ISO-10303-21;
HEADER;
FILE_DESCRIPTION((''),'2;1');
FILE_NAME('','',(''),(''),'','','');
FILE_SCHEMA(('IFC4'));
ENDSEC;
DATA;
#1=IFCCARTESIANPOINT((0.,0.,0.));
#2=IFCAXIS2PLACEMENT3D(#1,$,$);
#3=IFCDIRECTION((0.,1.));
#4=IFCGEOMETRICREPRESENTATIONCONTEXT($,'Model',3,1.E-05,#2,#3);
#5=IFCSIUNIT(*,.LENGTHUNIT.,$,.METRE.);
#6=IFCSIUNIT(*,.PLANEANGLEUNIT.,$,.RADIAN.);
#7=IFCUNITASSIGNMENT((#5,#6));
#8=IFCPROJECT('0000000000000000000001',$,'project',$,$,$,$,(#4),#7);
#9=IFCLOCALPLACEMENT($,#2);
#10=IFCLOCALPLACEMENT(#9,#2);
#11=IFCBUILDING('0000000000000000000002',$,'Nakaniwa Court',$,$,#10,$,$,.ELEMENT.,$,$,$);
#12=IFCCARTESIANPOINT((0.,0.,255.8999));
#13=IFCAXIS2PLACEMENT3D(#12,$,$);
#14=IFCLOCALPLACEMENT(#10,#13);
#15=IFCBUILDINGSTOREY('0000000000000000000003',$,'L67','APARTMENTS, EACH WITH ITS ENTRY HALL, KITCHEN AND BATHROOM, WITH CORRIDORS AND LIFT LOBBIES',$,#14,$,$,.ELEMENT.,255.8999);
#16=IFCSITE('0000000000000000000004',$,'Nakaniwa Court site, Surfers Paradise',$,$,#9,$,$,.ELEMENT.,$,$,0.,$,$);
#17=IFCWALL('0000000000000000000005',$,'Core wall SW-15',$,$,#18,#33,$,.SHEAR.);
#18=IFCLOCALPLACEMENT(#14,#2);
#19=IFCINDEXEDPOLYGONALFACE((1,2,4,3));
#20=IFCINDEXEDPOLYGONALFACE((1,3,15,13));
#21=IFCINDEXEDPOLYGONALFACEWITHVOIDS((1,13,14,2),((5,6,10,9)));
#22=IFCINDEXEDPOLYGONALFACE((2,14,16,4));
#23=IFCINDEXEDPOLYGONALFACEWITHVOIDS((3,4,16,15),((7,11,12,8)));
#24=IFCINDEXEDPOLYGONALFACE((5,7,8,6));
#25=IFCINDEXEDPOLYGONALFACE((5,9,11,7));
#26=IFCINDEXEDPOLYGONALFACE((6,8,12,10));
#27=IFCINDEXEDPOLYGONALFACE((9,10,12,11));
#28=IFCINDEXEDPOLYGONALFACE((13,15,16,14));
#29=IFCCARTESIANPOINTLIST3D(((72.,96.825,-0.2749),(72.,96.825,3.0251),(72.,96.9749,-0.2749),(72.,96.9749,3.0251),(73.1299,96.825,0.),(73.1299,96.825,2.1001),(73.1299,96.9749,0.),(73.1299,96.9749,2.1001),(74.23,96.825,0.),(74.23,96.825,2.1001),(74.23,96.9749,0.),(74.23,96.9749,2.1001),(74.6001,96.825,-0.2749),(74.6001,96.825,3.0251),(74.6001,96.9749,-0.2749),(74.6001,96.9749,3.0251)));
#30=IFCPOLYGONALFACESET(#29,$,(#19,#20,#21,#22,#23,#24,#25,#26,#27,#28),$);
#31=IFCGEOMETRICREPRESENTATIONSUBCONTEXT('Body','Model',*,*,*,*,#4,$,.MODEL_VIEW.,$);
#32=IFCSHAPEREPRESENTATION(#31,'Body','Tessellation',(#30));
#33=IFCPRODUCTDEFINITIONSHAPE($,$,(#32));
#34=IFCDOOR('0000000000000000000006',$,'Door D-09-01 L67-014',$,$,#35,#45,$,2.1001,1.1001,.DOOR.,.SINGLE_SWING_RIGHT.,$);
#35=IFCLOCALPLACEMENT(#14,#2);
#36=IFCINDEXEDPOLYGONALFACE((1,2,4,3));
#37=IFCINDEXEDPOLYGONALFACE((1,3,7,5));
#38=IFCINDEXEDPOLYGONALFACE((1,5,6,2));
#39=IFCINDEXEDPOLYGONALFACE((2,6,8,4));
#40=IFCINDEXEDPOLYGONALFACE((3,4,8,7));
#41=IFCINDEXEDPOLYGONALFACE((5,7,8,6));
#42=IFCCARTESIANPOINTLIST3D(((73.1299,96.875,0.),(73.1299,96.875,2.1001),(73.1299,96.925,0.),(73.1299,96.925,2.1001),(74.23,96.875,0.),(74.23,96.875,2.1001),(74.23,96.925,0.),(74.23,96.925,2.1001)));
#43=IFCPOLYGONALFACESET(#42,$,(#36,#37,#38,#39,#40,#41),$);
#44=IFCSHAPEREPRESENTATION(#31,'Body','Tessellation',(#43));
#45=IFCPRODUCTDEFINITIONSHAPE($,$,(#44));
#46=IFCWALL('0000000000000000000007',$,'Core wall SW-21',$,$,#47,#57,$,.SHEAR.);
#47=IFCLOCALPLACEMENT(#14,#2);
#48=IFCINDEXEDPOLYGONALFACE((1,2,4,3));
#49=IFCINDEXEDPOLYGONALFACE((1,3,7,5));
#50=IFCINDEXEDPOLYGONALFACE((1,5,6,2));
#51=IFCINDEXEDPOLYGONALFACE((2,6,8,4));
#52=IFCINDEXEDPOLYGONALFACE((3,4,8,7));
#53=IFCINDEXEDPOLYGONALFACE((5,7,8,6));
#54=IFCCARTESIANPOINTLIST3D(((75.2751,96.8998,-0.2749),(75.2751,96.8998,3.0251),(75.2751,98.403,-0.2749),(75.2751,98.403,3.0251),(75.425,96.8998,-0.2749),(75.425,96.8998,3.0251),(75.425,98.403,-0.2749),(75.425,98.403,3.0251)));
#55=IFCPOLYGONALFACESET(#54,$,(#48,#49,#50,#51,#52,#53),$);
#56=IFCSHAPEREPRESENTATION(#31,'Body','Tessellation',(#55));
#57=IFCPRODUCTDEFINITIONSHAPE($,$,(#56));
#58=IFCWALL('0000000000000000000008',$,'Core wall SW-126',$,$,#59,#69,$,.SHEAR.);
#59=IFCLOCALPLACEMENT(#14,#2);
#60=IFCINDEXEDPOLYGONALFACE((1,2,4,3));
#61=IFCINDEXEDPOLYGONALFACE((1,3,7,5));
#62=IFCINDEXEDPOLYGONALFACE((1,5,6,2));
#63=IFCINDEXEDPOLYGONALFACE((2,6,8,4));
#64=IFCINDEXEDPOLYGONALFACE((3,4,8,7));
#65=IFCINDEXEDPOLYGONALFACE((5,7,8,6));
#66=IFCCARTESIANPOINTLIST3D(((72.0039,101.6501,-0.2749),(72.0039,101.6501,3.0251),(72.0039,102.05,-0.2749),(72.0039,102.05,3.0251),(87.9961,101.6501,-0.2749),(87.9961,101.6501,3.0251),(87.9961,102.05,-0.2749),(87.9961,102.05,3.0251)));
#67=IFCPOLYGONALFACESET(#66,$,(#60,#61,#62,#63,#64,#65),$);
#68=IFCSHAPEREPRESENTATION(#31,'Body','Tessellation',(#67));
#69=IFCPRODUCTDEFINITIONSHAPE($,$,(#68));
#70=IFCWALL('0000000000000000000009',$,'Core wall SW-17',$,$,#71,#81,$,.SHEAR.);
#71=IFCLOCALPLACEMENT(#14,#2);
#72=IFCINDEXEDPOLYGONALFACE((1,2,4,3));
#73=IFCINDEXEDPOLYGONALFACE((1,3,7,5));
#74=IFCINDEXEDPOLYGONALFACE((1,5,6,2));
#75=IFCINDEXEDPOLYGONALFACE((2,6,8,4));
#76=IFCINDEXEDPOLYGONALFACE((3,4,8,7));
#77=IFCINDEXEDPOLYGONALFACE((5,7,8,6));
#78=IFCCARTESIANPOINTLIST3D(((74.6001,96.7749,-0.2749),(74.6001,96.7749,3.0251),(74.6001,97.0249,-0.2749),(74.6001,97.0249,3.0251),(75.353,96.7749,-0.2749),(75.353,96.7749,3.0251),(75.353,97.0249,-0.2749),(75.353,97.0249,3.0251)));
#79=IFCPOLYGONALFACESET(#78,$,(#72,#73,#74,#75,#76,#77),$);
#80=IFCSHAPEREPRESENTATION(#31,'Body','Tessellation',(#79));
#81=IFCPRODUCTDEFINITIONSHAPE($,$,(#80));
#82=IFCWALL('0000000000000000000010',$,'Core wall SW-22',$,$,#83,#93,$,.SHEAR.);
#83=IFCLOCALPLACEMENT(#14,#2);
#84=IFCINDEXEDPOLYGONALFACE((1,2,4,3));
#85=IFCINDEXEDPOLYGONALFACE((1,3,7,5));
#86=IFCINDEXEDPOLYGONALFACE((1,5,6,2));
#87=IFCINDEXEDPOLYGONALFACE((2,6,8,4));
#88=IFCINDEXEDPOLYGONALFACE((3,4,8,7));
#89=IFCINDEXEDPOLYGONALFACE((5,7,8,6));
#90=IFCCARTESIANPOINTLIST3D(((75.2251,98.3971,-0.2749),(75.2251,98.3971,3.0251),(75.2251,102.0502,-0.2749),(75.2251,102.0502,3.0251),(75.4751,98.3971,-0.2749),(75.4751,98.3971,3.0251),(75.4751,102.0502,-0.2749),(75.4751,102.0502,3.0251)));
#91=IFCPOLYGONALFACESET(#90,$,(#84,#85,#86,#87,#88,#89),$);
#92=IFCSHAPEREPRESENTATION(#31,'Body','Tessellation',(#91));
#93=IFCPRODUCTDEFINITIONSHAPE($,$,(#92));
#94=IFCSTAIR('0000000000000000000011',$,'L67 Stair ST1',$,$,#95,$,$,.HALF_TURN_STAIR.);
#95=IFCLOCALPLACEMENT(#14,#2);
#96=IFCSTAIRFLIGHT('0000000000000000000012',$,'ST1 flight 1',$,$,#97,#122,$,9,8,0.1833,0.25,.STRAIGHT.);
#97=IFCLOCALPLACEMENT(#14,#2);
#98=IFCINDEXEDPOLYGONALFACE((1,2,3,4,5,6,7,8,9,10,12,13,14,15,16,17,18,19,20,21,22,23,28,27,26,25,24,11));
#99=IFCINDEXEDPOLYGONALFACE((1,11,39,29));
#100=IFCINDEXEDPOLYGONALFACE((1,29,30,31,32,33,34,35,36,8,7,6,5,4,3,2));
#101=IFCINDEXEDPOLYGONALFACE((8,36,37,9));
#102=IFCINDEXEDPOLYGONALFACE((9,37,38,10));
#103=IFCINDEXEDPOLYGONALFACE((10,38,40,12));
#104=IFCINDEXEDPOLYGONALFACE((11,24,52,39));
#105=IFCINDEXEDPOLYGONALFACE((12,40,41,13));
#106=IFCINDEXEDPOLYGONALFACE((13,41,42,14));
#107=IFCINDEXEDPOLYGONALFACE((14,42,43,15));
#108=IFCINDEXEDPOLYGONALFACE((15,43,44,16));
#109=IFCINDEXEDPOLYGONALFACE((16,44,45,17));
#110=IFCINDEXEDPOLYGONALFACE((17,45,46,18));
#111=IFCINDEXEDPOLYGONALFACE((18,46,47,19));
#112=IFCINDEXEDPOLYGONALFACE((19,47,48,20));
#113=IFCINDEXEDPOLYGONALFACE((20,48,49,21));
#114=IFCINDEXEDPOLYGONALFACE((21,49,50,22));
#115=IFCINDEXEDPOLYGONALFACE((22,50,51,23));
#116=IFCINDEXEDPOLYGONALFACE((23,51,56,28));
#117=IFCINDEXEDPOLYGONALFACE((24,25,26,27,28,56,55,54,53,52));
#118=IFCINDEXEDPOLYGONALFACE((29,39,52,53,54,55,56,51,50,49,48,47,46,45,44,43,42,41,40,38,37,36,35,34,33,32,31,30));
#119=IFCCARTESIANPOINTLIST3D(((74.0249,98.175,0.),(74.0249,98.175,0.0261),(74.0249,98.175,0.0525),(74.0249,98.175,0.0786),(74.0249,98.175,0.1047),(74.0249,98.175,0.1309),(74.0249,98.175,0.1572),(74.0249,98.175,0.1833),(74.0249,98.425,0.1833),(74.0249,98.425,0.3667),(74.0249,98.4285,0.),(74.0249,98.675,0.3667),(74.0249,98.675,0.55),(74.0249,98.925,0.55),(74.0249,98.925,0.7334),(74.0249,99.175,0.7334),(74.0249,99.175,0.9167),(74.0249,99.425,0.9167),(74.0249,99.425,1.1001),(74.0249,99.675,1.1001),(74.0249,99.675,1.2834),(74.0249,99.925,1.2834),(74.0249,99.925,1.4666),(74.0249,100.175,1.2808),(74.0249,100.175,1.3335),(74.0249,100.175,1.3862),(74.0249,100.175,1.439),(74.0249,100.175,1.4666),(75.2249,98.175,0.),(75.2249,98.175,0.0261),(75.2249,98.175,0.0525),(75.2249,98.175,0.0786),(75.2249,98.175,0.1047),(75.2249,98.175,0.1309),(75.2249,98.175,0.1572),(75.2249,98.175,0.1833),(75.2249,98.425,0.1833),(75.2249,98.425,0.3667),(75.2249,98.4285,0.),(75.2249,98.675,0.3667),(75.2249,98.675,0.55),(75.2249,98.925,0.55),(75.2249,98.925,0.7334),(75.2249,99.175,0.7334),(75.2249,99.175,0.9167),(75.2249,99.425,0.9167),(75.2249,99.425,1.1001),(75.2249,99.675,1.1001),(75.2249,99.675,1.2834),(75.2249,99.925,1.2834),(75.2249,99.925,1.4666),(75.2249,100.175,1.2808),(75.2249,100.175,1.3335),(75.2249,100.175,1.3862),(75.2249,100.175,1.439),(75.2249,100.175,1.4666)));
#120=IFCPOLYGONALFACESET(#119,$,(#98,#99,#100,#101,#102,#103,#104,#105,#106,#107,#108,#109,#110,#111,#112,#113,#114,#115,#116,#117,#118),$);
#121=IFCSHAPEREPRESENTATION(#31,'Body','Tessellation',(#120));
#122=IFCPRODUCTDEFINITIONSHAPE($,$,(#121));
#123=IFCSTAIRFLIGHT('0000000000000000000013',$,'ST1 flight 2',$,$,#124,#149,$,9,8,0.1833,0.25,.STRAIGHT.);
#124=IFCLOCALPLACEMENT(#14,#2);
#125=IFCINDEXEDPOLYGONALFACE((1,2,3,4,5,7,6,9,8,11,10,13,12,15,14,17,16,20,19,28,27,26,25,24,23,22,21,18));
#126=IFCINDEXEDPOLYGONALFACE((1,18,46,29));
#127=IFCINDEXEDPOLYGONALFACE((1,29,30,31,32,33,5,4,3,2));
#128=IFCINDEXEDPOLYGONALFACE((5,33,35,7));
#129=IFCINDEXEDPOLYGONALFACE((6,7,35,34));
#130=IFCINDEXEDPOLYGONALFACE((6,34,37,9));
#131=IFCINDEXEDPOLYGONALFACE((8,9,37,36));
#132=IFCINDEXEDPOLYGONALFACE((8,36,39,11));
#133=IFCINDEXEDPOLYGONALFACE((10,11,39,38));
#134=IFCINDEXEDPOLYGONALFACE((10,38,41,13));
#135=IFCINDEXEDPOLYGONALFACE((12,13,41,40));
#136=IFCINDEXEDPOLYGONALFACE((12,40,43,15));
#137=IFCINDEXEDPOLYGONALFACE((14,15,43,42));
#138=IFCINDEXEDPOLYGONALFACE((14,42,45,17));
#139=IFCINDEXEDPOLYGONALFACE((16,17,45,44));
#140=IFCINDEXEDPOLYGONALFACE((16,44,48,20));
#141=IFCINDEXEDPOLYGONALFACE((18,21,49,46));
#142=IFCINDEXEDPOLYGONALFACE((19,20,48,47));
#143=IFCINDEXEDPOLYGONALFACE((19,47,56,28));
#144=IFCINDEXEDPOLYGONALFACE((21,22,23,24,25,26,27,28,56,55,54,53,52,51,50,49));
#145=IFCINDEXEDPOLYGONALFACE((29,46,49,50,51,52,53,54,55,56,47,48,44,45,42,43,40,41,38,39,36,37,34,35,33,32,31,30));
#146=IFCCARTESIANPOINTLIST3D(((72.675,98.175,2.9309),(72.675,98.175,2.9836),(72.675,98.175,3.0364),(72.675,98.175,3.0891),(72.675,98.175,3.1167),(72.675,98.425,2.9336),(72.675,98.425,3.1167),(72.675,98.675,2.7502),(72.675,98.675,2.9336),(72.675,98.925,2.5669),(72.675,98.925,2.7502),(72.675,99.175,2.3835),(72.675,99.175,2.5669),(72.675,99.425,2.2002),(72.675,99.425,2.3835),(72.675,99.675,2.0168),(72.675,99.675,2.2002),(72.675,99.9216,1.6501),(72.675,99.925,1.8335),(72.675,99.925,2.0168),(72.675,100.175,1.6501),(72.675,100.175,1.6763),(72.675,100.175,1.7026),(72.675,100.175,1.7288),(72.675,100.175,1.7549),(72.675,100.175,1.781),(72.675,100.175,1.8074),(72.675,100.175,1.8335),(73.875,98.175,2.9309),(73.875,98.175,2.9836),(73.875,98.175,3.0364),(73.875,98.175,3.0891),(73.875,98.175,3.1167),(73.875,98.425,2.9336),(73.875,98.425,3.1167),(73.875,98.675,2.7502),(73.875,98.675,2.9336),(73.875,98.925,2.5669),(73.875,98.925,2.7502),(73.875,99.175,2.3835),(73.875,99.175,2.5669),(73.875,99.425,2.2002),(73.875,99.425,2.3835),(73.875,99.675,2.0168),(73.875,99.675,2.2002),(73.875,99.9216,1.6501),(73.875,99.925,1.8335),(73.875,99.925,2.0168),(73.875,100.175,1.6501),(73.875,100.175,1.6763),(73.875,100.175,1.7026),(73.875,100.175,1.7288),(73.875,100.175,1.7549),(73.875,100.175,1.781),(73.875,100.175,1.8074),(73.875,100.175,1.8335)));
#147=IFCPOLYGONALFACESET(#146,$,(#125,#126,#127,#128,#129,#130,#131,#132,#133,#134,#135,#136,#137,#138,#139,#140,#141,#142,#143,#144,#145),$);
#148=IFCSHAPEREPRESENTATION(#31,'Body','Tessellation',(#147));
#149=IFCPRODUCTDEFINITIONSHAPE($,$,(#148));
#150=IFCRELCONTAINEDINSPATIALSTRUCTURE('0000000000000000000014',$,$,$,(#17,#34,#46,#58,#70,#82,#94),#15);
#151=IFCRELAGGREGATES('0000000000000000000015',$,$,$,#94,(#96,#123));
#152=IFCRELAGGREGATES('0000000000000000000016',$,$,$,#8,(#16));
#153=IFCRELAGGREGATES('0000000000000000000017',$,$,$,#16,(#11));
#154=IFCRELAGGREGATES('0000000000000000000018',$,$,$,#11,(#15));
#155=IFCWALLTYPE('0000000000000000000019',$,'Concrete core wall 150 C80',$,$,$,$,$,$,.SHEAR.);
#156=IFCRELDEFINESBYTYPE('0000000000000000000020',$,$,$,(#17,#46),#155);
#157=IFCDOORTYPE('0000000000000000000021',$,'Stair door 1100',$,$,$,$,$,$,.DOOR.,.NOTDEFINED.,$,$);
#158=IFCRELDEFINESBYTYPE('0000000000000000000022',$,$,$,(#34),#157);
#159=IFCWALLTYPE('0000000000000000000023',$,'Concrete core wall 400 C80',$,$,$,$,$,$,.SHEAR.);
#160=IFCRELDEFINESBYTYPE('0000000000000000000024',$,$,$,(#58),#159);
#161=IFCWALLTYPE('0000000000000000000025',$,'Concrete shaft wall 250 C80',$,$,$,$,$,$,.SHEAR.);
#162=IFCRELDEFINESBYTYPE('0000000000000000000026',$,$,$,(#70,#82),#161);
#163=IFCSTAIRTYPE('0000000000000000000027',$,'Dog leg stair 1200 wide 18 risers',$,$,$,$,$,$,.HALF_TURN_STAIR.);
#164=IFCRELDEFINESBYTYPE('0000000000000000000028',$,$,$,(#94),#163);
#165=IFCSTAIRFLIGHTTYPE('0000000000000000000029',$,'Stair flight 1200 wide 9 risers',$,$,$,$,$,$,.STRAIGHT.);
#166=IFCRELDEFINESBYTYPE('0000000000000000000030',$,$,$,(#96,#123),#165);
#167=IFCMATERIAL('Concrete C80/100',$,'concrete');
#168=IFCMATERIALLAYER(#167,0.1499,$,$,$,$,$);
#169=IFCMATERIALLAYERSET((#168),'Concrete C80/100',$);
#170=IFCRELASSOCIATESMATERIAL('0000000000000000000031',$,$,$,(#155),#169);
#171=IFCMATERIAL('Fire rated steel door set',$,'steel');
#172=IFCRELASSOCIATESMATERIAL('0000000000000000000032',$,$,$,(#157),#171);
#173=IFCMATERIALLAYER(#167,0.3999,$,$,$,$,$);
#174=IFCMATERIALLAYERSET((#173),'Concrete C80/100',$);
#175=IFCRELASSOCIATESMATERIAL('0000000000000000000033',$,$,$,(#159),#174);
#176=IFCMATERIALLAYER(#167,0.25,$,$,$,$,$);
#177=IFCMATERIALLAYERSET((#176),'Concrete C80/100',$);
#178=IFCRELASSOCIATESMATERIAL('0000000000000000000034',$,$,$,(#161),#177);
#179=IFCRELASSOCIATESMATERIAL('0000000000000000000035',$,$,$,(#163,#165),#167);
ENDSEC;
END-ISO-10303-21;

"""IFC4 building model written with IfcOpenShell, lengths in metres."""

from ifc_helpers import new_model, si_unit, direction, frame, frame_2d, origin, place, context, subcontext, project, spatial, polyline, rectangle, outline, extrude, material, layer, layer_set, type_object, element, fill, aggregate, save


model = new_model("IFC4")

# Units and contexts
model_context = context("Model", 3, precision=1e-05, world=origin(), true_north=direction((0.0, 1.0)))
body_context = subcontext(model_context, "Body", "Model", "MODEL_VIEW")
ifc_project = project(units=[si_unit("LENGTHUNIT", "METRE"), si_unit("PLANEANGLEUNIT", "RADIAN")], contexts=[model_context])

# Site, building, storey
site_placement = place(None, origin())
site = spatial("IfcSite", under=ifc_project, at=site_placement, Name="Nakaniwa Court site, Surfers Paradise", CompositionType="ELEMENT", RefElevation=0.0)
building_placement = place(site_placement, origin())
building = spatial("IfcBuilding", under=site, at=building_placement, Name="Nakaniwa Court", CompositionType="ELEMENT")
storey_placement = place(building_placement, frame((0.0, 0.0, 255.8999)))
storey = spatial("IfcBuildingStorey", under=building, at=storey_placement, Name="L67", Description="APARTMENTS, EACH WITH ITS ENTRY HALL, KITCHEN AND BATHROOM, WITH CORRIDORS AND LIFT LOBBIES", CompositionType="ELEMENT", Elevation=255.8999)

# Shared definitions
ifc_material_1 = material(Name="Concrete C80/100", Category="concrete")

# Shared definitions
ifc_material_2 = material(Name="Fire rated steel door set", Category="steel")

# Wall, opening, door
ifc_layer_1 = layer(ifc_material_1, 0.1499)
ifc_layer_set_1 = layer_set([ifc_layer_1], Name="Concrete C80/100")
wall_type_1 = type_object("IfcWallType", Name="Concrete core wall 150 C80", PredefinedType="SHEAR", material=ifc_layer_set_1)
wall_1_placement = place(storey_placement, frame((74.6001, 96.8999, -0.2749), z_axis=(0.0, 0.0, 1.0), x_axis=(-1.0, 0.0, 0.0)))
wall_1 = element("IfcWall", 1, at=wall_1_placement, inside=storey, type_object=wall_type_1, Name="Core wall SW-15", PredefinedType="SHEAR", context=body_context, shape_type="SweptSolid", body=[
    extrude(rectangle(XDim=2.6001, YDim=0.1499, at=frame_2d((1.3, 0.0))), origin(), (0.0, 0.0, 1.0), 3.3),
])
opening_1_placement = place(wall_1_placement, frame((0.3701, 0.0, 0.2749)))
opening_1 = element("IfcOpeningElement", 2, at=opening_1_placement, cuts=wall_1, PredefinedType="OPENING", context=body_context, shape_type="SweptSolid", body=[
    extrude(rectangle(XDim=1.1001, YDim=2.1001, at=frame_2d((0.55, 1.05))), frame((0.0, 0.085, 0.0), z_axis=(0.0, -1.0, 0.0), x_axis=(1.0, 0.0, 0.0)), (0.0, 0.0, 1.0), 0.1699),
])
door_type_1 = type_object("IfcDoorType", Name="Stair door 1100", OperationType="NOTDEFINED", PredefinedType="DOOR", material=ifc_material_2)
door_1_placement = place(opening_1_placement, origin())
door_1 = element("IfcDoor", 3, at=door_1_placement, inside=storey, type_object=door_type_1, Name="Door D-09-01 L67-014", OperationType="SINGLE_SWING_RIGHT", OverallHeight=2.1001, OverallWidth=1.1001, PredefinedType="DOOR", context=body_context, shape_type="SweptSolid", body=[
    extrude(rectangle(XDim=1.1001, YDim=2.1001, at=frame_2d((0.55, 1.05))), frame((0.0, 0.0249, 0.0), z_axis=(0.0, -1.0, 0.0), x_axis=(1.0, 0.0, 0.0)), (0.0, 0.0, 1.0), 0.05),
])
fill(opening_1, door_1)

# Walls
wall_2_placement = place(storey_placement, frame((75.3501, 96.8999, -0.2749), z_axis=(0.0, 0.0, 1.0), x_axis=(0.0, 1.0, 0.0)))
element("IfcWall", 4, at=wall_2_placement, inside=storey, type_object=wall_type_1, Name="Core wall SW-21", PredefinedType="SHEAR", context=body_context, shape_type="SweptSolid", body=[
    extrude(rectangle(XDim=1.5032, YDim=0.1499, at=frame_2d((0.7515, 0.0))), origin(), (0.0, 0.0, 1.0), 3.3),
])
ifc_layer_2 = layer(ifc_material_1, 0.3999)
ifc_layer_set_2 = layer_set([ifc_layer_2], Name="Concrete C80/100")
wall_type_2 = type_object("IfcWallType", Name="Concrete core wall 400 C80", PredefinedType="SHEAR", material=ifc_layer_set_2)
wall_3_placement = place(storey_placement, frame((72.0039, 101.8501, -0.2749), z_axis=(0.0, 0.0, 1.0), x_axis=(1.0, 0.0, 0.0)))
element("IfcWall", 5, at=wall_3_placement, inside=storey, type_object=wall_type_2, Name="Core wall SW-126", PredefinedType="SHEAR", context=body_context, shape_type="SweptSolid", body=[
    extrude(rectangle(XDim=15.9922, YDim=0.3999, at=frame_2d((7.9961, 0.0))), origin(), (0.0, 0.0, 1.0), 3.3),
])
ifc_layer_3 = layer(ifc_material_1, 0.25)
ifc_layer_set_3 = layer_set([ifc_layer_3], Name="Concrete C80/100")
wall_type_3 = type_object("IfcWallType", Name="Concrete shaft wall 250 C80", PredefinedType="SHEAR", material=ifc_layer_set_3)
wall_4_placement = place(storey_placement, frame((74.6001, 96.8999, -0.2749), z_axis=(0.0, 0.0, 1.0), x_axis=(1.0, 0.0, 0.0)))
element("IfcWall", 6, at=wall_4_placement, inside=storey, type_object=wall_type_3, Name="Core wall SW-17", PredefinedType="SHEAR", context=body_context, shape_type="SweptSolid", body=[
    extrude(rectangle(XDim=0.7529, YDim=0.25, at=frame_2d((0.3765, 0.0))), origin(), (0.0, 0.0, 1.0), 3.3),
])
wall_5_placement = place(storey_placement, frame((75.3501, 98.397, -0.2749), z_axis=(0.0, 0.0, 1.0), x_axis=(0.0, 1.0, 0.0)))
element("IfcWall", 7, at=wall_5_placement, inside=storey, type_object=wall_type_3, Name="Core wall SW-22", PredefinedType="SHEAR", context=body_context, shape_type="SweptSolid", body=[
    extrude(rectangle(XDim=3.6531, YDim=0.25, at=frame_2d((1.8267, 0.0))), origin(), (0.0, 0.0, 1.0), 3.3),
])

# Stair, stair flights
stair_type = type_object("IfcStairType", Name="Dog leg stair 1200 wide 18 risers", PredefinedType="HALF_TURN_STAIR", material=ifc_material_1)
stair_placement = place(storey_placement, origin())
stair = element("IfcStair", 8, at=stair_placement, inside=storey, type_object=stair_type, Name="L67 Stair ST1", PredefinedType="HALF_TURN_STAIR")
stair_flight_type = type_object("IfcStairFlightType", Name="Stair flight 1200 wide 9 risers", PredefinedType="STRAIGHT", material=ifc_material_1)
stair_flight_1_placement = place(storey_placement, frame((74.625, 98.175, 0.0), z_axis=(0.0, 0.0, 1.0), x_axis=(0.0, 1.0, 0.0)))
stair_flight_1 = element("IfcStairFlight", 9, at=stair_flight_1_placement, type_object=stair_flight_type, Name="ST1 flight 1", NumberOfRisers=9, NumberOfTreads=8, PredefinedType="STRAIGHT", RiserHeight=0.1833, TreadLength=0.25, context=body_context, shape_type="SweptSolid", body=[
    extrude(outline(polyline([(0.0, 0.0), (0.0, 0.0261), (0.0, 0.0525), (0.0, 0.0786), (0.0, 0.1047), (0.0, 0.1309), (0.0, 0.1572), (0.0, 0.1833), (0.25, 0.1833), (0.25, 0.3667), (0.5, 0.3667), (0.5, 0.55), (0.75, 0.55), (0.75, 0.7334), (1.0, 0.7334), (1.0, 0.9167), (1.25, 0.9167), (1.25, 1.1001), (1.5, 1.1001), (1.5, 1.2834), (1.75, 1.2834), (1.75, 1.4666), (2.0, 1.4666), (2.0, 1.6499), (2.0, 1.5972), (2.0, 1.5444), (2.0, 1.4917), (2.0, 1.439), (2.0, 1.3862), (2.0, 1.3335), (2.0, 1.2808), (0.2534, 0.0), (0.0, 0.0)])), frame((0.0, 0.6001, 0.0), z_axis=(0.0, -1.0, 0.0), x_axis=(1.0, 0.0, 0.0)), (0.0, 0.0, 1.0), 1.2),
])
stair_flight_2_placement = place(storey_placement, frame((73.2749, 100.175, 1.6501), z_axis=(0.0, 0.0, 1.0), x_axis=(0.0, -1.0, 0.0)))
stair_flight_2 = element("IfcStairFlight", 10, at=stair_flight_2_placement, type_object=stair_flight_type, Name="ST1 flight 2", NumberOfRisers=9, NumberOfTreads=8, PredefinedType="STRAIGHT", RiserHeight=0.1833, TreadLength=0.25, context=body_context, shape_type="SweptSolid", body=[
    extrude(outline(polyline([(0.0, 0.0), (0.0, 0.0261), (0.0, 0.0525), (0.0, 0.0786), (0.0, 0.1047), (0.0, 0.1309), (0.0, 0.1572), (0.0, 0.1833), (0.25, 0.1833), (0.25, 0.3667), (0.5, 0.3667), (0.5, 0.55), (0.75, 0.55), (0.75, 0.7334), (1.0, 0.7334), (1.0, 0.9167), (1.25, 0.9167), (1.25, 1.1001), (1.5, 1.1001), (1.5, 1.2834), (1.75, 1.2834), (1.75, 1.4666), (2.0, 1.4666), (2.0, 1.6499), (2.0, 1.5972), (2.0, 1.5444), (2.0, 1.4917), (2.0, 1.439), (2.0, 1.3862), (2.0, 1.3335), (2.0, 1.2808), (0.2534, 0.0), (0.0, 0.0)])), frame((0.0, 0.6001, 0.0), z_axis=(0.0, -1.0, 0.0), x_axis=(1.0, 0.0, 0.0)), (0.0, 0.0, 1.0), 1.2),
])
aggregate(stair, [stair_flight_1, stair_flight_2])

save(model, "model.ifc")
